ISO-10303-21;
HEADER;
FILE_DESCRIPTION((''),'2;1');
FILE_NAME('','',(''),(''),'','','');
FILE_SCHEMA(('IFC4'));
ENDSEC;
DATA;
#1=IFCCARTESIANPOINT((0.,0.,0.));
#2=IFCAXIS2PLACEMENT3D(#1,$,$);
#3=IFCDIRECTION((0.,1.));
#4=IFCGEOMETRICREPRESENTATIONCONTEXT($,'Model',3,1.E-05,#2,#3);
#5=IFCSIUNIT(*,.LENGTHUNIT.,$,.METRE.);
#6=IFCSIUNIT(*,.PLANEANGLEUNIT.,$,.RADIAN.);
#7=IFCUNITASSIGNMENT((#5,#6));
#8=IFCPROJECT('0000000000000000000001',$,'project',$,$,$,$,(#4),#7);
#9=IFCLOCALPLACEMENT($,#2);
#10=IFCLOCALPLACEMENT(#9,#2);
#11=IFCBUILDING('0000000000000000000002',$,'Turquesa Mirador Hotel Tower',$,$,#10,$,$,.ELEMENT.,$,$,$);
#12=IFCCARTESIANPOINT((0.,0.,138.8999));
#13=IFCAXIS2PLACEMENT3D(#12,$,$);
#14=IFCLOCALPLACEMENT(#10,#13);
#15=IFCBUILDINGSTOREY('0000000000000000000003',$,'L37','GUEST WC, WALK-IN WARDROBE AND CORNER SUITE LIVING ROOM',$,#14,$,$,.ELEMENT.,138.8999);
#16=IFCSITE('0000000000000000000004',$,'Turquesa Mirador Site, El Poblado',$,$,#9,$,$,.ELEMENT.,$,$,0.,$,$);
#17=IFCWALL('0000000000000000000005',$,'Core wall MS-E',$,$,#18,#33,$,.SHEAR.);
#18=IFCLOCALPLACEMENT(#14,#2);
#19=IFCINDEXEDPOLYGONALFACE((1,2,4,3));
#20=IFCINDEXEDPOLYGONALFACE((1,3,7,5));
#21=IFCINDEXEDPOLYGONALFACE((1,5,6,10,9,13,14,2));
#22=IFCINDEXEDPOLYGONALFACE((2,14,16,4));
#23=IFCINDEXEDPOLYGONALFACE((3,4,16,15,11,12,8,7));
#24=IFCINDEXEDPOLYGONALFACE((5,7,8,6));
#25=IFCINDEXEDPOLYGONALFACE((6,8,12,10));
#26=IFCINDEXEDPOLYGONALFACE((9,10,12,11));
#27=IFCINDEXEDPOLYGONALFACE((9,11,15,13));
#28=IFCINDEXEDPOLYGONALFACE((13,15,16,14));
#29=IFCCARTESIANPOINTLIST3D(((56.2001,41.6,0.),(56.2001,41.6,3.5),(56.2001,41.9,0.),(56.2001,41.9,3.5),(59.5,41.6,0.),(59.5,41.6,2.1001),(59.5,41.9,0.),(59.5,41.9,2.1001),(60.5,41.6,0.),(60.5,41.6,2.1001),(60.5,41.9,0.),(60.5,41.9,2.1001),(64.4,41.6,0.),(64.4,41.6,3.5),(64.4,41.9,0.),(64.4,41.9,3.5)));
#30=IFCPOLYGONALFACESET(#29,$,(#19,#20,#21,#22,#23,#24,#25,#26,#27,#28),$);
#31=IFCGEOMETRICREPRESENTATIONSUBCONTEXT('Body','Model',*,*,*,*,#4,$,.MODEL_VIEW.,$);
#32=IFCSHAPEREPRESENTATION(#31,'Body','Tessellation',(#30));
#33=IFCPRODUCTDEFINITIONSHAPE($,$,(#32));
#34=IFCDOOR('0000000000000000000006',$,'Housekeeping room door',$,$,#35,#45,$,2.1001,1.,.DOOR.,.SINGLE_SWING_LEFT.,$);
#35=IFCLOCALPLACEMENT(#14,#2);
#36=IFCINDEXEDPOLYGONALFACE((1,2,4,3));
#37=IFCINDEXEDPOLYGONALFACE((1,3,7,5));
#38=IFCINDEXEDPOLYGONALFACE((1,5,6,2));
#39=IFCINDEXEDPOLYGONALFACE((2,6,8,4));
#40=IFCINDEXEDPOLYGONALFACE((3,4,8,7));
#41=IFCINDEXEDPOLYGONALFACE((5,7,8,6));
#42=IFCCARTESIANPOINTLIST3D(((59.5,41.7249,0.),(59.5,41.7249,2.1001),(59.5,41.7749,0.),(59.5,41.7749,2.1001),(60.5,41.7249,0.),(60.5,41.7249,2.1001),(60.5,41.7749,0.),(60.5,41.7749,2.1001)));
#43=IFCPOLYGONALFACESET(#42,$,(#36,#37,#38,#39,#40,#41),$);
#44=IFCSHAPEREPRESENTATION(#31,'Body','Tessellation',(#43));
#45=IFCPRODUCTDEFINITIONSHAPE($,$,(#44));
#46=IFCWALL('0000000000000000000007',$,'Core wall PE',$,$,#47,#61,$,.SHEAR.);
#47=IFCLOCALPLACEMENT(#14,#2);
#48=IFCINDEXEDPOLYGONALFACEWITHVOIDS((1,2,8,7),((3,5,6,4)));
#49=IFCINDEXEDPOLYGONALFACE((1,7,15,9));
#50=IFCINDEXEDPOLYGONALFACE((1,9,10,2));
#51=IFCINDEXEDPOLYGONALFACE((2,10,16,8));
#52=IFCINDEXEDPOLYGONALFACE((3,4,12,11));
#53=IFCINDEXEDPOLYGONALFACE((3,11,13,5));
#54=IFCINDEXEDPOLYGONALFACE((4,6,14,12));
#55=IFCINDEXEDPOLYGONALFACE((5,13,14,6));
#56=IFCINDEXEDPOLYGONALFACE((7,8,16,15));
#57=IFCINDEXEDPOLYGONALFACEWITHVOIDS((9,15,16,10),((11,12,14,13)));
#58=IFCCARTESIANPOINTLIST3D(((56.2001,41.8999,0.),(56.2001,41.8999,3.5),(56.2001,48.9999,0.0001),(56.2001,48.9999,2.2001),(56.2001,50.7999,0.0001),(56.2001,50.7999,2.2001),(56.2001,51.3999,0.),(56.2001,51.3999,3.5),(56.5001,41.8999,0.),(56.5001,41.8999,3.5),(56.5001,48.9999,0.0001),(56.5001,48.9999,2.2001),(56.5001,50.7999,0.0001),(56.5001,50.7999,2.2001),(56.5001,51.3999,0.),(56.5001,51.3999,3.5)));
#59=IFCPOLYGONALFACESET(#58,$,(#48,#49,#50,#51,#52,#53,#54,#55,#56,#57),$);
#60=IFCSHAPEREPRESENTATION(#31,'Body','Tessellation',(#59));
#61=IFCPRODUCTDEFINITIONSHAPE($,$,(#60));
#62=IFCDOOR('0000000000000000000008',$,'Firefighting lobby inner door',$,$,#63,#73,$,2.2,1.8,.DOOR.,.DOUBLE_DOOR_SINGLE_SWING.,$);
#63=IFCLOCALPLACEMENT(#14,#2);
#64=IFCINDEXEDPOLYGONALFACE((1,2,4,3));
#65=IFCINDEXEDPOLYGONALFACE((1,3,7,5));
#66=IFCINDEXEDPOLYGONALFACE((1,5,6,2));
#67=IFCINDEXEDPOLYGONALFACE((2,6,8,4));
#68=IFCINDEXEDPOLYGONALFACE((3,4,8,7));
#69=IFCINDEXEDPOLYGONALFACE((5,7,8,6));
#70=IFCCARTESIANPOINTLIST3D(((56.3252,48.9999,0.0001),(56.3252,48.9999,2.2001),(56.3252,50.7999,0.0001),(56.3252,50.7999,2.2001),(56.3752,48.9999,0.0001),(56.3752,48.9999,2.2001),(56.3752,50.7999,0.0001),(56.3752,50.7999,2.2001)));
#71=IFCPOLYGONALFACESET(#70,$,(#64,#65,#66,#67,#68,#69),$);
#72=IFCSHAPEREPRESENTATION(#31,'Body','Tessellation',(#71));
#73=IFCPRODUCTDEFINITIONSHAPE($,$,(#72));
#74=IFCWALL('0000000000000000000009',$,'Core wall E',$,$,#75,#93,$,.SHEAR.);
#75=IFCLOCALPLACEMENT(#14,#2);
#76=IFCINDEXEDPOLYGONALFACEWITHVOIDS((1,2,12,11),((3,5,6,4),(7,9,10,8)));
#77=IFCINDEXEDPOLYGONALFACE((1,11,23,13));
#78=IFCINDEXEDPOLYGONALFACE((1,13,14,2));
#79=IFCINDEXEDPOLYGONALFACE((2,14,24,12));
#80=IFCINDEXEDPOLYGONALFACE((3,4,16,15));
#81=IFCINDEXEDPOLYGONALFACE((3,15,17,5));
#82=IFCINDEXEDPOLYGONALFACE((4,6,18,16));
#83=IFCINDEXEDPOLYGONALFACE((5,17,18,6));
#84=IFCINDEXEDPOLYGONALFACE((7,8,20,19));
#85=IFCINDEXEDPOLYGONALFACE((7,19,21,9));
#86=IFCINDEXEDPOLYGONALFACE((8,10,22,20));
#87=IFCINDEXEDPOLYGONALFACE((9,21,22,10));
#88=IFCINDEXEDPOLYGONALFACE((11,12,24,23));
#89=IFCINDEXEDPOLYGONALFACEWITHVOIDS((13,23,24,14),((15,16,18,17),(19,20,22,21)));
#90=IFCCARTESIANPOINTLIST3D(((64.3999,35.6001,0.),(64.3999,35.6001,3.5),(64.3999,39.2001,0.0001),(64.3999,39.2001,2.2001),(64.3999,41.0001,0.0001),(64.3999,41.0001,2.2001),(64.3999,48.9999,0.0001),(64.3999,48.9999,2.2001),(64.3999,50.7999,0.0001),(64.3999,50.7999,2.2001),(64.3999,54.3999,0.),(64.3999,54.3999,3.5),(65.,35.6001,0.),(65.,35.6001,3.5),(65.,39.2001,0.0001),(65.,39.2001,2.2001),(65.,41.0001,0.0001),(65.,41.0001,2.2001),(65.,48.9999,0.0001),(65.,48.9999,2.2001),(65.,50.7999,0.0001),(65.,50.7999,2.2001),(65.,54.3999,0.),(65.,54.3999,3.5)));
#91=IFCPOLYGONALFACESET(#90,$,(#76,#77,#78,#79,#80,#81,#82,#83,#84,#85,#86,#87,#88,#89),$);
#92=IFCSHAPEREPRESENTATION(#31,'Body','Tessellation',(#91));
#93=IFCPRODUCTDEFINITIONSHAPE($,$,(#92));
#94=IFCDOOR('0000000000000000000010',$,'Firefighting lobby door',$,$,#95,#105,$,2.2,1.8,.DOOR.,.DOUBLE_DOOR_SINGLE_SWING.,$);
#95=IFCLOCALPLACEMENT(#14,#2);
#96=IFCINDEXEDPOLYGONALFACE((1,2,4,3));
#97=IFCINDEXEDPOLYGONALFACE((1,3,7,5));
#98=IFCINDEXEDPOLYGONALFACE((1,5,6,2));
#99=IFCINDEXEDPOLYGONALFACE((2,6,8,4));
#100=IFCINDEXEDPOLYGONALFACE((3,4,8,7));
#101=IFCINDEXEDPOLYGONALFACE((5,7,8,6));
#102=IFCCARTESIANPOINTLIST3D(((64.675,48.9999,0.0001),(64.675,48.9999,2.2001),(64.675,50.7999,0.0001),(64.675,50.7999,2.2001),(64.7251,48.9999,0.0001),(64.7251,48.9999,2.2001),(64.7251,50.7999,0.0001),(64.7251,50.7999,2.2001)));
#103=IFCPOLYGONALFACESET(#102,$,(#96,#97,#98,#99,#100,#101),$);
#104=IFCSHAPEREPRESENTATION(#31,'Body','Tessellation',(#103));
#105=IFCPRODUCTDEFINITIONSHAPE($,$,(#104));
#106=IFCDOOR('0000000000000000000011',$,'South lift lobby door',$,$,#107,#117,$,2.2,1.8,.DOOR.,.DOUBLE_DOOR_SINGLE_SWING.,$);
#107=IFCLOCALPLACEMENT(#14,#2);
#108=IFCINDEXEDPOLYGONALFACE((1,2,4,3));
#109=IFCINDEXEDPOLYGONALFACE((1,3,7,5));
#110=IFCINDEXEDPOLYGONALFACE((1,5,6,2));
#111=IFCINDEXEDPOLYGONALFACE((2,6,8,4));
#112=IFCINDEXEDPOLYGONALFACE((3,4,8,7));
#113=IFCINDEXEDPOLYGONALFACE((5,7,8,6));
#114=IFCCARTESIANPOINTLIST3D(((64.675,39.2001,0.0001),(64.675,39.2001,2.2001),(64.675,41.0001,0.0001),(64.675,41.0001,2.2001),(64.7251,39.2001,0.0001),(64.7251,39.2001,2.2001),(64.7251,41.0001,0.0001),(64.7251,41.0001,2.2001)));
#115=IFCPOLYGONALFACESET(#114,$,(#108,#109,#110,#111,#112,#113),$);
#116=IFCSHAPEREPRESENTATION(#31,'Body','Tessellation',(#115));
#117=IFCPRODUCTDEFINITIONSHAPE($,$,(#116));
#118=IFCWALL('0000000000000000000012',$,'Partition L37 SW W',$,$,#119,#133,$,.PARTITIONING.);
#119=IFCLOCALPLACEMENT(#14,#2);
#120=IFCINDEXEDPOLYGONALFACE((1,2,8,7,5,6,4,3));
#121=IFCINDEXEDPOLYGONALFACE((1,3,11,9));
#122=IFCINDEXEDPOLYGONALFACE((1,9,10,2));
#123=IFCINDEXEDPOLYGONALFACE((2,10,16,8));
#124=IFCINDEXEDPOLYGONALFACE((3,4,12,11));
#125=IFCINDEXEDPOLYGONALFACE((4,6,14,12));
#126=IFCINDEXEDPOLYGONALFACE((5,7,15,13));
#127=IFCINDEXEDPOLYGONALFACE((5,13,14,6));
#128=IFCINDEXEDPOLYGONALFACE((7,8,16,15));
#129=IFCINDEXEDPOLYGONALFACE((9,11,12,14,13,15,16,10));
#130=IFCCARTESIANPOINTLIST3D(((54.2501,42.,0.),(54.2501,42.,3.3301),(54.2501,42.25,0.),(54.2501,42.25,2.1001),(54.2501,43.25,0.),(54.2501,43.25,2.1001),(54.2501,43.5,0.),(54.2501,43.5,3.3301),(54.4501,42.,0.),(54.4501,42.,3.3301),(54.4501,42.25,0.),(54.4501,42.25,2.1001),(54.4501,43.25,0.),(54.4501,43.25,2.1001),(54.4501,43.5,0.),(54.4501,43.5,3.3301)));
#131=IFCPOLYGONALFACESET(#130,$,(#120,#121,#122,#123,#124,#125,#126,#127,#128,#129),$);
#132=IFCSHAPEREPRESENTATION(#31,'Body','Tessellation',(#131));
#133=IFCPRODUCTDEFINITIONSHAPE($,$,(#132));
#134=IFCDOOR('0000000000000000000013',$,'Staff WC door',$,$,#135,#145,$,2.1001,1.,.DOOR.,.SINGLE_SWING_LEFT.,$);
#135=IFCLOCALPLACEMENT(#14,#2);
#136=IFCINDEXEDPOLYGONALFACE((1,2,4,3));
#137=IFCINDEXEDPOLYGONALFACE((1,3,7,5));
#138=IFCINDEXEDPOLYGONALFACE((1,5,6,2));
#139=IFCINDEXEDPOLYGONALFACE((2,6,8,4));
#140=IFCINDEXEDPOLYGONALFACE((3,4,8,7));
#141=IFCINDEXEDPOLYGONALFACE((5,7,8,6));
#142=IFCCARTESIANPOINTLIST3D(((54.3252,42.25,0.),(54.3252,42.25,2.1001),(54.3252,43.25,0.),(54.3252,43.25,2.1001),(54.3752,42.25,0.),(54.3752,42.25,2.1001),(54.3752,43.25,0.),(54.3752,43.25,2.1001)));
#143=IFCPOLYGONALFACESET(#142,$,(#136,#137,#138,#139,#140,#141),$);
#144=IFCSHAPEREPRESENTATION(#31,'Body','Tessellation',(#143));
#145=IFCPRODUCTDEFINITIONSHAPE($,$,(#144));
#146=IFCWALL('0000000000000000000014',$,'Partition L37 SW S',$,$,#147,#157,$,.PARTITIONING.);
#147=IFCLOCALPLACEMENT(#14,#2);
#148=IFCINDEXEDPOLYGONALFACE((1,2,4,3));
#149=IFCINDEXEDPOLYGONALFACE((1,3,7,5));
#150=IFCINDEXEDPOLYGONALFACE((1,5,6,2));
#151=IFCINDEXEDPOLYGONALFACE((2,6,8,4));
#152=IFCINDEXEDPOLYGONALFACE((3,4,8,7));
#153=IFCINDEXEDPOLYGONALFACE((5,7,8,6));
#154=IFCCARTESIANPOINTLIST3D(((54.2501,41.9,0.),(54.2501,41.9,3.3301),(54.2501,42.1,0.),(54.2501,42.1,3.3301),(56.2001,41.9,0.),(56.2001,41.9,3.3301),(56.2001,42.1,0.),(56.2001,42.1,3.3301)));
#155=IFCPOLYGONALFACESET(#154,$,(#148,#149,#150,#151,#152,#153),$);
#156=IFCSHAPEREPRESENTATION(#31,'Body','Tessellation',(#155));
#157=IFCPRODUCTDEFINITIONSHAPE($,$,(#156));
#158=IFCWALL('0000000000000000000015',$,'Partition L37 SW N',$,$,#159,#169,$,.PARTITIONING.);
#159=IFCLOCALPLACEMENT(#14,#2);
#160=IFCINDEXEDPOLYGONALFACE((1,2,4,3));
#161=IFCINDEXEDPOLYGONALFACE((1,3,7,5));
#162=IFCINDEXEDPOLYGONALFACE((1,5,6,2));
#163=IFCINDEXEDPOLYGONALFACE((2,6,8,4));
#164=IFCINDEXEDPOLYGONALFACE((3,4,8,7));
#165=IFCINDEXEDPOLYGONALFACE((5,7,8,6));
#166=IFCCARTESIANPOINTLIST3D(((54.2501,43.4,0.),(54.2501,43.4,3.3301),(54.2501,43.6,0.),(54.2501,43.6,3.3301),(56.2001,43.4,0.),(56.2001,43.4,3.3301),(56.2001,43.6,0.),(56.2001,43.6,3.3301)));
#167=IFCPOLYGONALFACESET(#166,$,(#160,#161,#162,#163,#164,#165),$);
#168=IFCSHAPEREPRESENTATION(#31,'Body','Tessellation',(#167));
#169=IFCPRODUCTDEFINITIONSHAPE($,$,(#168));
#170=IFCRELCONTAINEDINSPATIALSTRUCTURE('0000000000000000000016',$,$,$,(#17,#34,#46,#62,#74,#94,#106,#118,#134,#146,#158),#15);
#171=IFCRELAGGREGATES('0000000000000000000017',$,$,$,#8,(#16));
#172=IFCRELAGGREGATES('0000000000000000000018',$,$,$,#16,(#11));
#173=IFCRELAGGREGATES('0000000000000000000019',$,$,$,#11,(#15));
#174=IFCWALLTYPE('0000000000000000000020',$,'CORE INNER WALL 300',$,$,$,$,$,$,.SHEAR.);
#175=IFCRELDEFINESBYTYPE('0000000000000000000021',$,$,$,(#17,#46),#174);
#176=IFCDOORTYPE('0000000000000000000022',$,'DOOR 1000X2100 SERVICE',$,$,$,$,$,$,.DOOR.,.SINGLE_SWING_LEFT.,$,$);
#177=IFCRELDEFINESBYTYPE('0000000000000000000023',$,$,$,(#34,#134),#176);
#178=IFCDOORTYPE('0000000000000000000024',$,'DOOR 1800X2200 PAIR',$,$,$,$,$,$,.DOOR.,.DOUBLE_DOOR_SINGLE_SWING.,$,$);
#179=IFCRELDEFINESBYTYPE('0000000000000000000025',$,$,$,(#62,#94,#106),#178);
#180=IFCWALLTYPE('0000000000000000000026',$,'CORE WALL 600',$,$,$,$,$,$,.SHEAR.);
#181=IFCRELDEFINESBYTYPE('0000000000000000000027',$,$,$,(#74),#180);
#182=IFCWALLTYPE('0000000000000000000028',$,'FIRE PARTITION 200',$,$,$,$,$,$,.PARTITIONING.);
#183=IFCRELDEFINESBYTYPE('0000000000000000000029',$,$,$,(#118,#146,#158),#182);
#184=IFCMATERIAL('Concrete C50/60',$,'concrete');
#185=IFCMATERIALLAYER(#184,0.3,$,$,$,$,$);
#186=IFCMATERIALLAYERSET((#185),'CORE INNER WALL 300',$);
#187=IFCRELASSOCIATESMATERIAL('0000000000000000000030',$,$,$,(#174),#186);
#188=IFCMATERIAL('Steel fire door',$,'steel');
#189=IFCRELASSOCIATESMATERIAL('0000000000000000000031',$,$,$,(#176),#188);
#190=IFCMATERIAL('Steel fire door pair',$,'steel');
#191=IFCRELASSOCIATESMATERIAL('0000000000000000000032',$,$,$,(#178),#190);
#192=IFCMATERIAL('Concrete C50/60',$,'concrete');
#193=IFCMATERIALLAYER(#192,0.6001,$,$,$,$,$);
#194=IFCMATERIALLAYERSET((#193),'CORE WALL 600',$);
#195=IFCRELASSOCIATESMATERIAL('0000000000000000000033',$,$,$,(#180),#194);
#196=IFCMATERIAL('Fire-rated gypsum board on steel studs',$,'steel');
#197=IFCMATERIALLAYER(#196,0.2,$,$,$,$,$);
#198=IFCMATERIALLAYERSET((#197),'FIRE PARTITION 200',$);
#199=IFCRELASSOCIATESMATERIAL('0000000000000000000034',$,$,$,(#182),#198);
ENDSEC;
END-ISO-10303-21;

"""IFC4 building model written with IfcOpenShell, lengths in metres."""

from ifc_helpers import new_model, si_unit, direction, frame, frame_2d, origin, place, context, subcontext, project, spatial, rectangle, extrude, material, layer, layer_set, type_object, element, fill, save


model = new_model("IFC4")

# Units and contexts
model_context = context("Model", 3, precision=1e-05, world=origin(), true_north=direction((0.0, 1.0)))
body_context = subcontext(model_context, "Body", "Model", "MODEL_VIEW")
ifc_project = project(units=[si_unit("LENGTHUNIT", "METRE"), si_unit("PLANEANGLEUNIT", "RADIAN")], contexts=[model_context])

# Site, building, storey
site_placement = place(None, origin())
site = spatial("IfcSite", under=ifc_project, at=site_placement, Name="Turquesa Mirador Site, El Poblado", CompositionType="ELEMENT", RefElevation=0.0)
building_placement = place(site_placement, origin())
building = spatial("IfcBuilding", under=site, at=building_placement, Name="Turquesa Mirador Hotel Tower", CompositionType="ELEMENT")
storey_placement = place(building_placement, frame((0.0, 0.0, 138.8999)))
storey = spatial("IfcBuildingStorey", under=building, at=storey_placement, Name="L37", Description="GUEST WC, WALK-IN WARDROBE AND CORNER SUITE LIVING ROOM", CompositionType="ELEMENT", Elevation=138.8999)

# Walls, openings, doors
ifc_material_1 = material(Name="Concrete C50/60", Category="concrete")
ifc_layer_1 = layer(ifc_material_1, 0.3)
ifc_layer_set_1 = layer_set([ifc_layer_1], Name="CORE INNER WALL 300")
wall_type_1 = type_object("IfcWallType", Name="CORE INNER WALL 300", PredefinedType="SHEAR", material=ifc_layer_set_1)
wall_1_placement = place(storey_placement, frame((56.2, 41.75, 0.0), z_axis=(0.0, 0.0, 1.0), x_axis=(1.0, 0.0, 0.0)))
wall_1 = element("IfcWall", 1, at=wall_1_placement, inside=storey, type_object=wall_type_1, Name="Core wall MS-E", PredefinedType="SHEAR", context=body_context, shape_type="SweptSolid", body=[
    extrude(rectangle(XDim=8.2, YDim=0.3, at=frame_2d((4.1001, 0.0))), origin(), (0.0, 0.0, 1.0), 3.5),
])
opening_1_placement = place(wall_1_placement, frame((3.3, 0.0, 0.0)))
opening_1 = element("IfcOpeningElement", 2, at=opening_1_placement, cuts=wall_1, PredefinedType="OPENING", context=body_context, shape_type="SweptSolid", body=[
    extrude(rectangle(XDim=1.0, YDim=2.1001, at=frame_2d((0.5, 1.05))), frame((0.0, 0.1599, 0.0), z_axis=(0.0, -1.0, 0.0), x_axis=(1.0, 0.0, 0.0)), (0.0, 0.0, 1.0), 0.3201),
])
ifc_material_2 = material(Name="Steel fire door", Category="steel")
door_type_1 = type_object("IfcDoorType", Name="DOOR 1000X2100 SERVICE", OperationType="SINGLE_SWING_LEFT", PredefinedType="DOOR", material=ifc_material_2)
door_1_placement = place(opening_1_placement, origin())
door_1 = element("IfcDoor", 3, at=door_1_placement, inside=storey, type_object=door_type_1, Name="Housekeeping room door", OperationType="SINGLE_SWING_LEFT", OverallHeight=2.1001, OverallWidth=1.0, PredefinedType="DOOR", context=body_context, shape_type="SweptSolid", body=[
    extrude(rectangle(XDim=1.0, YDim=2.1001, at=frame_2d((0.5, 1.05))), frame((0.0, 0.0249, 0.0), z_axis=(0.0, -1.0, 0.0), x_axis=(1.0, 0.0, 0.0)), (0.0, 0.0, 1.0), 0.05),
])
fill(opening_1, door_1)
wall_2_placement = place(storey_placement, frame((56.3501, 41.8999, 0.0), z_axis=(0.0, 0.0, 1.0), x_axis=(0.0, 1.0, 0.0)))
wall_2 = element("IfcWall", 4, at=wall_2_placement, inside=storey, type_object=wall_type_1, Name="Core wall PE", PredefinedType="SHEAR", context=body_context, shape_type="SweptSolid", body=[
    extrude(rectangle(XDim=9.5, YDim=0.3, at=frame_2d((4.75, 0.0))), origin(), (0.0, 0.0, 1.0), 3.5),
])
opening_2_placement = place(wall_2_placement, frame((7.1001, 0.0, 0.0)))
opening_2 = element("IfcOpeningElement", 5, at=opening_2_placement, cuts=wall_2, PredefinedType="OPENING", context=body_context, shape_type="SweptSolid", body=[
    extrude(rectangle(XDim=1.8, YDim=2.2, at=frame_2d((0.8999, 1.1001))), frame((0.0, 0.1599, 0.0), z_axis=(0.0, -1.0, 0.0), x_axis=(1.0, 0.0, 0.0)), (0.0, 0.0, 1.0), 0.3201),
])
ifc_material_3 = material(Name="Steel fire door pair", Category="steel")
door_type_2 = type_object("IfcDoorType", Name="DOOR 1800X2200 PAIR", OperationType="DOUBLE_DOOR_SINGLE_SWING", PredefinedType="DOOR", material=ifc_material_3)
door_2_placement = place(opening_2_placement, origin())
door_2 = element("IfcDoor", 6, at=door_2_placement, inside=storey, type_object=door_type_2, Name="Firefighting lobby inner door", OperationType="DOUBLE_DOOR_SINGLE_SWING", OverallHeight=2.2, OverallWidth=1.8, PredefinedType="DOOR", context=body_context, shape_type="SweptSolid", body=[
    extrude(rectangle(XDim=1.8, YDim=2.2, at=frame_2d((0.8999, 1.1001))), frame((0.0, 0.0249, 0.0), z_axis=(0.0, -1.0, 0.0), x_axis=(1.0, 0.0, 0.0)), (0.0, 0.0, 1.0), 0.05),
])
fill(opening_2, door_2)

# Wall, openings, doors
ifc_material_4 = material(Name="Concrete C50/60", Category="concrete")
ifc_layer_2 = layer(ifc_material_4, 0.6001)
ifc_layer_set_2 = layer_set([ifc_layer_2], Name="CORE WALL 600")
wall_type_2 = type_object("IfcWallType", Name="CORE WALL 600", PredefinedType="SHEAR", material=ifc_layer_set_2)
wall_3_placement = place(storey_placement, frame((64.7, 35.6001, 0.0), z_axis=(0.0, 0.0, 1.0), x_axis=(0.0, 1.0, 0.0)))
wall_3 = element("IfcWall", 7, at=wall_3_placement, inside=storey, type_object=wall_type_2, Name="Core wall E", PredefinedType="SHEAR", context=body_context, shape_type="SweptSolid", body=[
    extrude(rectangle(XDim=18.7998, YDim=0.6001, at=frame_2d((9.3999, 0.0))), origin(), (0.0, 0.0, 1.0), 3.5),
])
opening_3_placement = place(wall_3_placement, frame((13.3999, 0.0, 0.0)))
opening_3 = element("IfcOpeningElement", 8, at=opening_3_placement, cuts=wall_3, PredefinedType="OPENING", context=body_context, shape_type="SweptSolid", body=[
    extrude(rectangle(XDim=1.8, YDim=2.2, at=frame_2d((0.8999, 1.1001))), frame((0.0, 0.3101, 0.0), z_axis=(0.0, -1.0, 0.0), x_axis=(1.0, 0.0, 0.0)), (0.0, 0.0, 1.0), 0.6201),
])
opening_4_placement = place(wall_3_placement, frame((3.6001, 0.0, 0.0)))
opening_4 = element("IfcOpeningElement", 9, at=opening_4_placement, cuts=wall_3, PredefinedType="OPENING", context=body_context, shape_type="SweptSolid", body=[
    extrude(rectangle(XDim=1.8, YDim=2.2, at=frame_2d((0.8999, 1.1001))), frame((0.0, 0.3101, 0.0), z_axis=(0.0, -1.0, 0.0), x_axis=(1.0, 0.0, 0.0)), (0.0, 0.0, 1.0), 0.6201),
])
door_3_placement = place(opening_3_placement, origin())
door_3 = element("IfcDoor", 10, at=door_3_placement, inside=storey, type_object=door_type_2, Name="Firefighting lobby door", OperationType="DOUBLE_DOOR_SINGLE_SWING", OverallHeight=2.2, OverallWidth=1.8, PredefinedType="DOOR", context=body_context, shape_type="SweptSolid", body=[
    extrude(rectangle(XDim=1.8, YDim=2.2, at=frame_2d((0.8999, 1.1001))), frame((0.0, 0.0249, 0.0), z_axis=(0.0, -1.0, 0.0), x_axis=(1.0, 0.0, 0.0)), (0.0, 0.0, 1.0), 0.05),
])
fill(opening_3, door_3)
door_4_placement = place(opening_4_placement, origin())
door_4 = element("IfcDoor", 11, at=door_4_placement, inside=storey, type_object=door_type_2, Name="South lift lobby door", OperationType="DOUBLE_DOOR_SINGLE_SWING", OverallHeight=2.2, OverallWidth=1.8, PredefinedType="DOOR", context=body_context, shape_type="SweptSolid", body=[
    extrude(rectangle(XDim=1.8, YDim=2.2, at=frame_2d((0.8999, 1.1001))), frame((0.0, 0.0249, 0.0), z_axis=(0.0, -1.0, 0.0), x_axis=(1.0, 0.0, 0.0)), (0.0, 0.0, 1.0), 0.05),
])
fill(opening_4, door_4)

# Wall, opening, door
ifc_material_5 = material(Name="Fire-rated gypsum board on steel studs", Category="steel")
ifc_layer_3 = layer(ifc_material_5, 0.2)
ifc_layer_set_3 = layer_set([ifc_layer_3], Name="FIRE PARTITION 200")
wall_type_3 = type_object("IfcWallType", Name="FIRE PARTITION 200", PredefinedType="PARTITIONING", material=ifc_layer_set_3)
wall_4_placement = place(storey_placement, frame((54.3501, 42.0, 0.0), z_axis=(0.0, 0.0, 1.0), x_axis=(0.0, 1.0, 0.0)))
wall_4 = element("IfcWall", 12, at=wall_4_placement, inside=storey, type_object=wall_type_3, Name="Partition L37 SW W", PredefinedType="PARTITIONING", context=body_context, shape_type="SweptSolid", body=[
    extrude(rectangle(XDim=1.5, YDim=0.2, at=frame_2d((0.75, 0.0))), origin(), (0.0, 0.0, 1.0), 3.3301),
])
opening_5_placement = place(wall_4_placement, frame((0.25, 0.0, 0.0)))
opening_5 = element("IfcOpeningElement", 13, at=opening_5_placement, cuts=wall_4, PredefinedType="OPENING", context=body_context, shape_type="SweptSolid", body=[
    extrude(rectangle(XDim=1.0, YDim=2.1001, at=frame_2d((0.5, 1.05))), frame((0.0, 0.1099, 0.0), z_axis=(0.0, -1.0, 0.0), x_axis=(1.0, 0.0, 0.0)), (0.0, 0.0, 1.0), 0.22),
])
door_5_placement = place(opening_5_placement, origin())
door_5 = element("IfcDoor", 14, at=door_5_placement, inside=storey, type_object=door_type_1, Name="Staff WC door", OperationType="SINGLE_SWING_LEFT", OverallHeight=2.1001, OverallWidth=1.0, PredefinedType="DOOR", context=body_context, shape_type="SweptSolid", body=[
    extrude(rectangle(XDim=1.0, YDim=2.1001, at=frame_2d((0.5, 1.05))), frame((0.0, 0.0249, 0.0), z_axis=(0.0, -1.0, 0.0), x_axis=(1.0, 0.0, 0.0)), (0.0, 0.0, 1.0), 0.05),
])
fill(opening_5, door_5)

# Walls
for number, where, z_axis, x_axis, name in (
    (15, (54.25, 42.0, 0.0), (0.0, 0.0, 1.0), (1.0, 0.0, 0.0), "Partition L37 SW S"),
    (16, (54.25, 43.5, 0.0), (0.0, 0.0, 1.0), (1.0, 0.0, 0.0), "Partition L37 SW N"),
):
    element("IfcWall", number, at=place(storey_placement, frame(where, z_axis=z_axis, x_axis=x_axis)), inside=storey, type_object=wall_type_3, Name=name, PredefinedType="PARTITIONING", context=body_context, shape_type="SweptSolid", body=[
        extrude(rectangle(XDim=1.95, YDim=0.2, at=frame_2d((0.9751, 0.0))), origin(), (0.0, 0.0, 1.0), 3.3301),
    ])

save(model, "model.ifc")
